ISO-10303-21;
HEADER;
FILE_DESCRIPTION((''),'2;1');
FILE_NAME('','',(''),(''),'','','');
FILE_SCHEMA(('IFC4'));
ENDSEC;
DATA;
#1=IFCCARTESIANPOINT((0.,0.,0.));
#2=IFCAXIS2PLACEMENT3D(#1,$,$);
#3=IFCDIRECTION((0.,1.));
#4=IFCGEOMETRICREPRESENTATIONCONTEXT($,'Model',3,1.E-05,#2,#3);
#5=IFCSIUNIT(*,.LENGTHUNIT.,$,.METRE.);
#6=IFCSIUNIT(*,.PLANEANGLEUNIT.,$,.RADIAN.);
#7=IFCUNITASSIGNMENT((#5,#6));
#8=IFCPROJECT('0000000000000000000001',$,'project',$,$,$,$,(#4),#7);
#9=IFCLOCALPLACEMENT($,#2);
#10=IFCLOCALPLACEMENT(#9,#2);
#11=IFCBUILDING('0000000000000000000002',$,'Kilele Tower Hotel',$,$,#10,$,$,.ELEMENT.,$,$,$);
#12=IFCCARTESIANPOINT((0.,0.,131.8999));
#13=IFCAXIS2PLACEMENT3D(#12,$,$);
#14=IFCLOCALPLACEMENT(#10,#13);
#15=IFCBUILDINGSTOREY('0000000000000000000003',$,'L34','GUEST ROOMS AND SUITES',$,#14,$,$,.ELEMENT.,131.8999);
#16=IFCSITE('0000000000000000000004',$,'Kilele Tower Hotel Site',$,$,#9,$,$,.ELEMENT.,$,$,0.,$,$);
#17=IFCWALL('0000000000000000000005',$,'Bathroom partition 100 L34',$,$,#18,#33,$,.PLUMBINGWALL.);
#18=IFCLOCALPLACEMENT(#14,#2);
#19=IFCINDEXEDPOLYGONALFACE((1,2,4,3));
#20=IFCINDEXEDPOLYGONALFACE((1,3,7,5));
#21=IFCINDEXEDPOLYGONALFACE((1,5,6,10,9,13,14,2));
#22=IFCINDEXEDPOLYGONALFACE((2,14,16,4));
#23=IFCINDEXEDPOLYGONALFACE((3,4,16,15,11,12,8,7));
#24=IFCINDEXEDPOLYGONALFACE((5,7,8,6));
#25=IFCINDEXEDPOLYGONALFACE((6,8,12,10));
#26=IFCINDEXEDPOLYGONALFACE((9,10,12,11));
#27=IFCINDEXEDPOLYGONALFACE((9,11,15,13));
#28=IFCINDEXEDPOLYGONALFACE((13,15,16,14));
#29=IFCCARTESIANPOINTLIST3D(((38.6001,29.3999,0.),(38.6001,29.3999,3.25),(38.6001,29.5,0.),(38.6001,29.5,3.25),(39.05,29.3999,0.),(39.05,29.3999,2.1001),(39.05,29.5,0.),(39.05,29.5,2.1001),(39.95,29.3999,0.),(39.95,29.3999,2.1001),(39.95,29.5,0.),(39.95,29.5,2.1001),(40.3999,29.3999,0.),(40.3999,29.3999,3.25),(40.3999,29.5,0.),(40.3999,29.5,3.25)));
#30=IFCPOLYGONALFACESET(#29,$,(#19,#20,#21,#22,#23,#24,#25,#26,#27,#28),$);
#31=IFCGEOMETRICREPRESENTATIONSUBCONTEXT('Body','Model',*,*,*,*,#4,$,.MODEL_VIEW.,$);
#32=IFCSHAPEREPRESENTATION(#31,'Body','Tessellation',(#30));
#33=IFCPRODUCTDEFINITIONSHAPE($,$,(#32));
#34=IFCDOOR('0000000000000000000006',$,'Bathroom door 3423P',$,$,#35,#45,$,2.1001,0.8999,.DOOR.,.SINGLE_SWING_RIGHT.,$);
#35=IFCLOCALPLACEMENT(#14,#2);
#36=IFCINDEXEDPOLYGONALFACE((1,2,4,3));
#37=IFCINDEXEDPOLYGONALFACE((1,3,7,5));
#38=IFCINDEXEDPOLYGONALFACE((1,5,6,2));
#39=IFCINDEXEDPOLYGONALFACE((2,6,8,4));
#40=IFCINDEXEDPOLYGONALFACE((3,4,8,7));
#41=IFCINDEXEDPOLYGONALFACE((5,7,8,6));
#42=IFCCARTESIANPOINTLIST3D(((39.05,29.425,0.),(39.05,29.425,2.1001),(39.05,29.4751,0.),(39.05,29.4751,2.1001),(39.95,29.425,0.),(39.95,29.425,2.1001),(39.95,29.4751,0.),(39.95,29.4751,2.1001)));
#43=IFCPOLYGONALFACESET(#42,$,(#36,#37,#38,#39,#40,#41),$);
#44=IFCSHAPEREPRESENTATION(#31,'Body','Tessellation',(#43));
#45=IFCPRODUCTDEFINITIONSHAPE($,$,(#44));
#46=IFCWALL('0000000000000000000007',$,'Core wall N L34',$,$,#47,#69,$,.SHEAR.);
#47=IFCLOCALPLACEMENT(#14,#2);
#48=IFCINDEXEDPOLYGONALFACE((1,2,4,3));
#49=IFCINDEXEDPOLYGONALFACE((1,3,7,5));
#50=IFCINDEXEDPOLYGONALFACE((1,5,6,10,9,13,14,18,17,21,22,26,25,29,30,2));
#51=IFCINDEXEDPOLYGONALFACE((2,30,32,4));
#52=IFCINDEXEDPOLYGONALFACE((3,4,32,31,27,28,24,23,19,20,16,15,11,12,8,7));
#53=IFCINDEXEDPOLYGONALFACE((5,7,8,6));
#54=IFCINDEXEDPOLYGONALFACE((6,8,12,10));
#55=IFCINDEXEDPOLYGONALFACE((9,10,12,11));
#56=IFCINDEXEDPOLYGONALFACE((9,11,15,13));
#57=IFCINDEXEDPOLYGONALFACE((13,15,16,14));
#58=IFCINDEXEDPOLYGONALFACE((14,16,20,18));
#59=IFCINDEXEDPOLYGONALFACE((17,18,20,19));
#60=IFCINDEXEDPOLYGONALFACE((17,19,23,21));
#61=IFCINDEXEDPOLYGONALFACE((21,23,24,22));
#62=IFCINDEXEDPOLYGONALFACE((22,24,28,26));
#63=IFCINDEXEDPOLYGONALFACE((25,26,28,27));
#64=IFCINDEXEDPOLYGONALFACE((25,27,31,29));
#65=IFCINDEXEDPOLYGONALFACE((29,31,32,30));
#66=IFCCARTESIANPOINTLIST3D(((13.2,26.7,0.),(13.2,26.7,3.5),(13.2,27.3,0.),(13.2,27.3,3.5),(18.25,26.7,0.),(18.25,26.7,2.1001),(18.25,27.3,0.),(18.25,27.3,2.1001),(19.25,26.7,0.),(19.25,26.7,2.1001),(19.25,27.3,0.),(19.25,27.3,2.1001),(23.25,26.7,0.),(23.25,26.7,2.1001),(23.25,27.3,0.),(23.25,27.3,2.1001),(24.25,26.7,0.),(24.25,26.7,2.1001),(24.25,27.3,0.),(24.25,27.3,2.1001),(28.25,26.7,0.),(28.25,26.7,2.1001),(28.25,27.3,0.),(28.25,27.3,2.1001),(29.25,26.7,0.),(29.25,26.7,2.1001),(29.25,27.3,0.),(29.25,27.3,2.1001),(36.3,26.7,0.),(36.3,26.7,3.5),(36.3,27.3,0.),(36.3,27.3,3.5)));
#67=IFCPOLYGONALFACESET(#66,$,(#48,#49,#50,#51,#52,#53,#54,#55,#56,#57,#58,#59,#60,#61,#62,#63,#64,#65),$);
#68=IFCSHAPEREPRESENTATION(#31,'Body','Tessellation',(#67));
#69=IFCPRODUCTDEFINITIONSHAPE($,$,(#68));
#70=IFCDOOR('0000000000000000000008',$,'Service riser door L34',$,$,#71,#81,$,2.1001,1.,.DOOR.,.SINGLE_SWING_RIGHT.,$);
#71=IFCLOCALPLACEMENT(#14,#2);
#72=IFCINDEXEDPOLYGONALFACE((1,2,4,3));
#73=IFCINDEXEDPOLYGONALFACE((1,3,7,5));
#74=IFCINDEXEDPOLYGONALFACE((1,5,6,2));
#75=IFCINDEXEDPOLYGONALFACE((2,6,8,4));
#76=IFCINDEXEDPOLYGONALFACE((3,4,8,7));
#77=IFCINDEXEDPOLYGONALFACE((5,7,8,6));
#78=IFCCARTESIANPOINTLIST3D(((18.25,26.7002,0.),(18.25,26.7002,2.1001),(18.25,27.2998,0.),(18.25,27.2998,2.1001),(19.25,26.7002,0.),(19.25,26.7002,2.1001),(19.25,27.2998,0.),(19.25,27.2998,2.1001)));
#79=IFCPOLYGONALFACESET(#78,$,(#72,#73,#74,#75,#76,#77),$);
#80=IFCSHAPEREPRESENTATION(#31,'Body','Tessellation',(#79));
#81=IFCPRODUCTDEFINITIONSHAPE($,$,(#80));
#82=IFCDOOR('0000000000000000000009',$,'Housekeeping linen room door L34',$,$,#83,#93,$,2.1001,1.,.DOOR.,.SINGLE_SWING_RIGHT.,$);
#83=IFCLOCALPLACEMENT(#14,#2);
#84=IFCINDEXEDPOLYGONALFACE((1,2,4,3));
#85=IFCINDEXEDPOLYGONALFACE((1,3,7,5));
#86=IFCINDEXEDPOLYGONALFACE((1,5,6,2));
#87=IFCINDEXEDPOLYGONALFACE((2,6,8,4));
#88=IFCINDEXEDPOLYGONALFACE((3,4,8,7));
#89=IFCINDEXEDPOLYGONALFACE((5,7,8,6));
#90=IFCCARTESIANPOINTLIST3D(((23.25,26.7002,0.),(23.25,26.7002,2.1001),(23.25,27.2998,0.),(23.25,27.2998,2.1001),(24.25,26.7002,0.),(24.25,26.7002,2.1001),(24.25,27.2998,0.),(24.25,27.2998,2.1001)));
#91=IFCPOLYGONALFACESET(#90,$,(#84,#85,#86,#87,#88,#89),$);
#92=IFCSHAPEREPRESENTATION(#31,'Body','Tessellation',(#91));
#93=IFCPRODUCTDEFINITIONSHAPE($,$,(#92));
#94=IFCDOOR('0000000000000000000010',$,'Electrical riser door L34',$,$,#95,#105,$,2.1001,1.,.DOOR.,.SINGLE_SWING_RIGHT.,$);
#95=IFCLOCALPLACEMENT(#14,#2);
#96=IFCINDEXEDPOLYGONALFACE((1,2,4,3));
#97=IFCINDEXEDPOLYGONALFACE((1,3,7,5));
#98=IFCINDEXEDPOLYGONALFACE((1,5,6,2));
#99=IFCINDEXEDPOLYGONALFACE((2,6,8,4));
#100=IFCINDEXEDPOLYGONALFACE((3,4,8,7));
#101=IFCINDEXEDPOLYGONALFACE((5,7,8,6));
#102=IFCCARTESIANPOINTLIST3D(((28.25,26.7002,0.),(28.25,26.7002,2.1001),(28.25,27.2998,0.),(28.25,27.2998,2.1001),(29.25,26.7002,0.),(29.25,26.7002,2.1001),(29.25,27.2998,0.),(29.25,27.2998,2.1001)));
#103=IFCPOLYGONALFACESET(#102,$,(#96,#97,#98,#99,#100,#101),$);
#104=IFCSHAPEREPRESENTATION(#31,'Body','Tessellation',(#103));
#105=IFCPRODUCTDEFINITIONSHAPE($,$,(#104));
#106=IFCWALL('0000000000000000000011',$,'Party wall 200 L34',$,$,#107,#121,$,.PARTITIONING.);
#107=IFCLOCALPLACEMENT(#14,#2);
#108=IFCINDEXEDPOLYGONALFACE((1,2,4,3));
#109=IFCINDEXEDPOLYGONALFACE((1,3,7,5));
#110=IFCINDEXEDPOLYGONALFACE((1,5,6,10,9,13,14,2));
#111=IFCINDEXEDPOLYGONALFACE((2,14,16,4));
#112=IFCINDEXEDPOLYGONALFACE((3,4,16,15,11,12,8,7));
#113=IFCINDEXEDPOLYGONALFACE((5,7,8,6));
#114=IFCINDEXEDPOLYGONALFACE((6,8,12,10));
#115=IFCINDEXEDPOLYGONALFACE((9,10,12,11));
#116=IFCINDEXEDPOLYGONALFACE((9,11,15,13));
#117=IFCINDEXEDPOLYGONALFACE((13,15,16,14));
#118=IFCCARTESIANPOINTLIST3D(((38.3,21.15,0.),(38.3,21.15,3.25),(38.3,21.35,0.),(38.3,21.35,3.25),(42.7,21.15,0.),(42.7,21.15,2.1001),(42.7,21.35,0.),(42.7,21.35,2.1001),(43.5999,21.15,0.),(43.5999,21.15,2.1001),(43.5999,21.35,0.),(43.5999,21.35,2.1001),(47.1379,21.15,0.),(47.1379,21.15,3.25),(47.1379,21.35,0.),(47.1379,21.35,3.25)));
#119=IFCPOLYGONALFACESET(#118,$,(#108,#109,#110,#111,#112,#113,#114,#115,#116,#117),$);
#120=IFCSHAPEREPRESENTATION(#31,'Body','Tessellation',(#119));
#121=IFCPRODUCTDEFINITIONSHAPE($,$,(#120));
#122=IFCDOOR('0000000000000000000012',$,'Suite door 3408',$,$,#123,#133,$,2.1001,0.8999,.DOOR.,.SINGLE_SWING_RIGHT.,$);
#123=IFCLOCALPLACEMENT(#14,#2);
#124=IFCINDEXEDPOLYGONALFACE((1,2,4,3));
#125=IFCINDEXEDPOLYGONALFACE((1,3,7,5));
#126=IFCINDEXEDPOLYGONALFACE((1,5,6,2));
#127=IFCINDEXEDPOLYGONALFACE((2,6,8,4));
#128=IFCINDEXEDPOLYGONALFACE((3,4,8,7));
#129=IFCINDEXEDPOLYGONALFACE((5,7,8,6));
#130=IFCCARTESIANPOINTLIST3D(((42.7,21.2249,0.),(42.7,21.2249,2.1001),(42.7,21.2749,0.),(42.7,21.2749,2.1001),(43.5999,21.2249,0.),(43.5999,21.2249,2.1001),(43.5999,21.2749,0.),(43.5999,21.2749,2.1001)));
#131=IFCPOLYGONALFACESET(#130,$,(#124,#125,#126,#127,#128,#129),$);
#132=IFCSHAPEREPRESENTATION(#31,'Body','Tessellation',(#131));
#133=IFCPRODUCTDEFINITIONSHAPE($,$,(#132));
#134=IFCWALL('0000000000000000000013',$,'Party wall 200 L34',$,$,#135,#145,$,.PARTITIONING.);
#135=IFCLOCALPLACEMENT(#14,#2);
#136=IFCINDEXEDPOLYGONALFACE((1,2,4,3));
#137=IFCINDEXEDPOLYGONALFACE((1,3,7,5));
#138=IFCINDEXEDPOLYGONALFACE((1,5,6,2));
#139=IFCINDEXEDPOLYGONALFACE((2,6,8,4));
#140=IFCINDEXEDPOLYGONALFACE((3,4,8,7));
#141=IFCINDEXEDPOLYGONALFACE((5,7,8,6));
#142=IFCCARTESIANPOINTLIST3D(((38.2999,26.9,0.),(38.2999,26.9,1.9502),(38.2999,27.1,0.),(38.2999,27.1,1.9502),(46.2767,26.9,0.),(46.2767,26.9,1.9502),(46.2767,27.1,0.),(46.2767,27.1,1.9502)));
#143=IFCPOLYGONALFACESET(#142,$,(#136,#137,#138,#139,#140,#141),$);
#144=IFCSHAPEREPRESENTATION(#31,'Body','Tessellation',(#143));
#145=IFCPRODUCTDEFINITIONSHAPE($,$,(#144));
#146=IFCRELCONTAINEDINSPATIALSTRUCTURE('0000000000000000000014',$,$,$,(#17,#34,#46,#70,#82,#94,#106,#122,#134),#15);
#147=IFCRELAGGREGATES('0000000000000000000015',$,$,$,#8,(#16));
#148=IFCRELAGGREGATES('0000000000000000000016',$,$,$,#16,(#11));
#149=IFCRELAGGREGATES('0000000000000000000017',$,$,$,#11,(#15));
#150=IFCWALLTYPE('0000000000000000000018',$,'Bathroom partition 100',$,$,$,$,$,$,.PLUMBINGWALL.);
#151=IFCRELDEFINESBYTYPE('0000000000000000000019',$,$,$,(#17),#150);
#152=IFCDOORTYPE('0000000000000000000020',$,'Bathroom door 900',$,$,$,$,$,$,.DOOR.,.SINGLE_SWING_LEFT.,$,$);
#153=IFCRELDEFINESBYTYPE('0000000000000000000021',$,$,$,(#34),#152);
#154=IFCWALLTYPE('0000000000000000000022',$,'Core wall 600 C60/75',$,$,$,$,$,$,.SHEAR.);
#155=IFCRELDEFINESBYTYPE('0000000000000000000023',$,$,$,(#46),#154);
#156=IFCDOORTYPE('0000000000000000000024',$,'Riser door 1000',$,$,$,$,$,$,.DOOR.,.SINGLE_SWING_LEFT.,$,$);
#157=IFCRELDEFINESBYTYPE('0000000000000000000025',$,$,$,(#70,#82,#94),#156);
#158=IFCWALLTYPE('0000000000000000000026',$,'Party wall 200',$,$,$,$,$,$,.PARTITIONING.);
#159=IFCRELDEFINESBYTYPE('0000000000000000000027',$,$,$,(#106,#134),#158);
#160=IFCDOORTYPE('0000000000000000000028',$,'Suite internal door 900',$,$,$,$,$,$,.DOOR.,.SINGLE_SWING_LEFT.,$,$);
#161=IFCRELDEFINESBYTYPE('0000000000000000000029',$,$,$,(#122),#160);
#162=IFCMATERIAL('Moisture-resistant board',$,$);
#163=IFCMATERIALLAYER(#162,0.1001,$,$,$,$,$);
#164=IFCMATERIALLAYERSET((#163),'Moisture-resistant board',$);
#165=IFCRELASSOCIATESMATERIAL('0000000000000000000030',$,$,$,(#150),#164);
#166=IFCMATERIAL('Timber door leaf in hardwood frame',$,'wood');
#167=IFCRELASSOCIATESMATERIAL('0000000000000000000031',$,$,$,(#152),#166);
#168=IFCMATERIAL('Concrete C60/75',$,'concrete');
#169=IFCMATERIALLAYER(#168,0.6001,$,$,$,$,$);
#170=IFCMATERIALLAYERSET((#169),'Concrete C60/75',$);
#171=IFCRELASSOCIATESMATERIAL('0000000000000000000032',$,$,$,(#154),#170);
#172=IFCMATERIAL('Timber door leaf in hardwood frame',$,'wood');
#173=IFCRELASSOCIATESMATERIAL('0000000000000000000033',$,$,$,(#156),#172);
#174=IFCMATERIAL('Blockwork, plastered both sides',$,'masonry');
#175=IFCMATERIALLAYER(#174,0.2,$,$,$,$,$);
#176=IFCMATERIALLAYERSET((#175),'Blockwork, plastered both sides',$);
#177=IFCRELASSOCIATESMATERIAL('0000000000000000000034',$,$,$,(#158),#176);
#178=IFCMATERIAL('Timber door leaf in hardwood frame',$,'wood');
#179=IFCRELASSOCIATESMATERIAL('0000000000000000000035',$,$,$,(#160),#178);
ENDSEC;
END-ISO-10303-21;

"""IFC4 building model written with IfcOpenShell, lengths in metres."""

from ifc_helpers import new_model, si_unit, direction, frame, frame_2d, origin, place, context, subcontext, project, spatial, rectangle, extrude, material, layer, layer_set, type_object, element, fill, save


model = new_model("IFC4")

# Units and contexts
model_context = context("Model", 3, precision=1e-05, world=origin(), true_north=direction((0.0, 1.0)))
body_context = subcontext(model_context, "Body", "Model", "MODEL_VIEW")
ifc_project = project(units=[si_unit("LENGTHUNIT", "METRE"), si_unit("PLANEANGLEUNIT", "RADIAN")], contexts=[model_context])

# Site, building, storey
site_placement = place(None, origin())
site = spatial("IfcSite", under=ifc_project, at=site_placement, Name="Kilele Tower Hotel Site", CompositionType="ELEMENT", RefElevation=0.0)
building_placement = place(site_placement, origin())
building = spatial("IfcBuilding", under=site, at=building_placement, Name="Kilele Tower Hotel", CompositionType="ELEMENT")
storey_placement = place(building_placement, frame((0.0, 0.0, 131.8999)))
storey = spatial("IfcBuildingStorey", under=building, at=storey_placement, Name="L34", Description="GUEST ROOMS AND SUITES", CompositionType="ELEMENT", Elevation=131.8999)

# Shared definitions
ifc_material_1 = material(Name="Moisture-resistant board")
ifc_layer_1 = layer(ifc_material_1, 0.1001)
ifc_layer_set_1 = layer_set([ifc_layer_1], Name="Moisture-resistant board")
wall_type_1 = type_object("IfcWallType", Name="Bathroom partition 100", PredefinedType="PLUMBINGWALL", material=ifc_layer_set_1)

# Shared definitions
ifc_material_2 = material(Name="Timber door leaf in hardwood frame", Category="wood")
door_type_1 = type_object("IfcDoorType", Name="Bathroom door 900", OperationType="SINGLE_SWING_LEFT", PredefinedType="DOOR", material=ifc_material_2)

# Wall, opening, door
wall_1_placement = place(storey_placement, frame((38.6001, 29.45, 0.0), z_axis=(0.0, 0.0, 1.0), x_axis=(1.0, 0.0, 0.0)))
wall_1 = element("IfcWall", 1, at=wall_1_placement, inside=storey, type_object=wall_type_1, Name="Bathroom partition 100 L34", PredefinedType="PLUMBINGWALL", context=body_context, shape_type="SweptSolid", body=[
    extrude(rectangle(XDim=1.7998, YDim=0.1001, at=frame_2d((0.8999, 0.0))), origin(), (0.0, 0.0, 1.0), 3.25),
])
opening_1_placement = place(wall_1_placement, frame((1.3499, 0.0, 0.0), z_axis=(0.0, 0.0, 1.0), x_axis=(-1.0, 0.0, 0.0)))
opening_1 = element("IfcOpeningElement", 2, at=opening_1_placement, cuts=wall_1, PredefinedType="OPENING", context=body_context, shape_type="SweptSolid", body=[
    extrude(rectangle(XDim=0.8999, YDim=2.1001, at=frame_2d((0.45, 1.05))), frame((0.0, 0.0601, 0.0), z_axis=(0.0, -1.0, 0.0), x_axis=(1.0, 0.0, 0.0)), (0.0, 0.0, 1.0), 0.1201),
])
door_1_placement = place(opening_1_placement, origin())
door_1 = element("IfcDoor", 3, at=door_1_placement, inside=storey, type_object=door_type_1, Name="Bathroom door 3423P", OperationType="SINGLE_SWING_RIGHT", OverallHeight=2.1001, OverallWidth=0.8999, PredefinedType="DOOR", context=body_context, shape_type="SweptSolid", body=[
    extrude(rectangle(XDim=0.8999, YDim=2.1001, at=frame_2d((0.45, 1.05))), frame((0.0, 0.0249, 0.0), z_axis=(0.0, -1.0, 0.0), x_axis=(1.0, 0.0, 0.0)), (0.0, 0.0, 1.0), 0.05),
])
fill(opening_1, door_1)

# Wall, openings, doors
ifc_material_3 = material(Name="Concrete C60/75", Category="concrete")
ifc_layer_2 = layer(ifc_material_3, 0.6001)
ifc_layer_set_2 = layer_set([ifc_layer_2], Name="Concrete C60/75")
wall_type_2 = type_object("IfcWallType", Name="Core wall 600 C60/75", PredefinedType="SHEAR", material=ifc_layer_set_2)
wall_2_placement = place(storey_placement, frame((36.3, 27.0, 0.0), z_axis=(0.0, 0.0, 1.0), x_axis=(-1.0, 0.0, 0.0)))
wall_2 = element("IfcWall", 4, at=wall_2_placement, inside=storey, type_object=wall_type_2, Name="Core wall N L34", PredefinedType="SHEAR", context=body_context, shape_type="SweptSolid", body=[
    extrude(rectangle(XDim=23.1001, YDim=0.6001, at=frame_2d((11.55, 0.0))), origin(), (0.0, 0.0, 1.0), 3.5),
])
opening_2_placement = place(wall_2_placement, frame((17.05, 0.0, 0.0)))
opening_2 = element("IfcOpeningElement", 5, at=opening_2_placement, cuts=wall_2, PredefinedType="OPENING", context=body_context, shape_type="SweptSolid", body=[
    extrude(rectangle(XDim=1.0, YDim=2.1001, at=frame_2d((0.5, 1.05))), frame((0.0, 0.3101, 0.0), z_axis=(0.0, -1.0, 0.0), x_axis=(1.0, 0.0, 0.0)), (0.0, 0.0, 1.0), 0.6201),
])
opening_3_placement = place(wall_2_placement, frame((12.05, 0.0, 0.0)))
opening_3 = element("IfcOpeningElement", 6, at=opening_3_placement, cuts=wall_2, PredefinedType="OPENING", context=body_context, shape_type="SweptSolid", body=[
    extrude(rectangle(XDim=1.0, YDim=2.1001, at=frame_2d((0.5, 1.05))), frame((0.0, 0.3101, 0.0), z_axis=(0.0, -1.0, 0.0), x_axis=(1.0, 0.0, 0.0)), (0.0, 0.0, 1.0), 0.6201),
])
opening_4_placement = place(wall_2_placement, frame((7.05, 0.0, 0.0)))
opening_4 = element("IfcOpeningElement", 7, at=opening_4_placement, cuts=wall_2, PredefinedType="OPENING", context=body_context, shape_type="SweptSolid", body=[
    extrude(rectangle(XDim=1.0, YDim=2.1001, at=frame_2d((0.5, 1.05))), frame((0.0, 0.3101, 0.0), z_axis=(0.0, -1.0, 0.0), x_axis=(1.0, 0.0, 0.0)), (0.0, 0.0, 1.0), 0.6201),
])
ifc_material_4 = material(Name="Timber door leaf in hardwood frame", Category="wood")
door_type_2 = type_object("IfcDoorType", Name="Riser door 1000", OperationType="SINGLE_SWING_LEFT", PredefinedType="DOOR", material=ifc_material_4)
door_2_placement = place(opening_2_placement, origin())
door_2 = element("IfcDoor", 8, at=door_2_placement, inside=storey, type_object=door_type_2, Name="Service riser door L34", OperationType="SINGLE_SWING_RIGHT", OverallHeight=2.1001, OverallWidth=1.0, PredefinedType="DOOR", context=body_context, shape_type="SweptSolid", body=[
    extrude(rectangle(XDim=1.0, YDim=2.1001, at=frame_2d((0.5, 1.05))), frame((0.0, 0.2998, 0.0), z_axis=(0.0, -1.0, 0.0), x_axis=(1.0, 0.0, 0.0)), (0.0, 0.0, 1.0), 0.5996),
])
fill(opening_2, door_2)
door_3_placement = place(opening_3_placement, origin())
door_3 = element("IfcDoor", 9, at=door_3_placement, inside=storey, type_object=door_type_2, Name="Housekeeping linen room door L34", OperationType="SINGLE_SWING_RIGHT", OverallHeight=2.1001, OverallWidth=1.0, PredefinedType="DOOR", context=body_context, shape_type="SweptSolid", body=[
    extrude(rectangle(XDim=1.0, YDim=2.1001, at=frame_2d((0.5, 1.05))), frame((0.0, 0.2998, 0.0), z_axis=(0.0, -1.0, 0.0), x_axis=(1.0, 0.0, 0.0)), (0.0, 0.0, 1.0), 0.5996),
])
fill(opening_3, door_3)
door_4_placement = place(opening_4_placement, origin())
door_4 = element("IfcDoor", 10, at=door_4_placement, inside=storey, type_object=door_type_2, Name="Electrical riser door L34", OperationType="SINGLE_SWING_RIGHT", OverallHeight=2.1001, OverallWidth=1.0, PredefinedType="DOOR", context=body_context, shape_type="SweptSolid", body=[
    extrude(rectangle(XDim=1.0, YDim=2.1001, at=frame_2d((0.5, 1.05))), frame((0.0, 0.2998, 0.0), z_axis=(0.0, -1.0, 0.0), x_axis=(1.0, 0.0, 0.0)), (0.0, 0.0, 1.0), 0.5996),
])
fill(opening_4, door_4)

# Wall, opening, door
ifc_material_5 = material(Name="Blockwork, plastered both sides", Category="masonry")
ifc_layer_3 = layer(ifc_material_5, 0.2)
ifc_layer_set_3 = layer_set([ifc_layer_3], Name="Blockwork, plastered both sides")
wall_type_3 = type_object("IfcWallType", Name="Party wall 200", PredefinedType="PARTITIONING", material=ifc_layer_set_3)
wall_3_placement = place(storey_placement, frame((38.3, 21.25, 0.0), z_axis=(0.0, 0.0, 1.0), x_axis=(1.0, 0.0, 0.0)))
wall_3 = element("IfcWall", 11, at=wall_3_placement, inside=storey, type_object=wall_type_3, Name="Party wall 200 L34", PredefinedType="PARTITIONING", context=body_context, shape_type="SweptSolid", body=[
    extrude(rectangle(XDim=8.8379, YDim=0.2, at=frame_2d((4.4189, 0.0))), origin(), (0.0, 0.0, 1.0), 3.25),
])
opening_5_placement = place(wall_3_placement, frame((4.3999, 0.0, 0.0)))
opening_5 = element("IfcOpeningElement", 12, at=opening_5_placement, cuts=wall_3, PredefinedType="OPENING", context=body_context, shape_type="SweptSolid", body=[
    extrude(rectangle(XDim=0.8999, YDim=2.1001, at=frame_2d((0.45, 1.05))), frame((0.0, 0.1099, 0.0), z_axis=(0.0, -1.0, 0.0), x_axis=(1.0, 0.0, 0.0)), (0.0, 0.0, 1.0), 0.22),
])
ifc_material_6 = material(Name="Timber door leaf in hardwood frame", Category="wood")
door_type_3 = type_object("IfcDoorType", Name="Suite internal door 900", OperationType="SINGLE_SWING_LEFT", PredefinedType="DOOR", material=ifc_material_6)
door_5_placement = place(opening_5_placement, origin())
door_5 = element("IfcDoor", 13, at=door_5_placement, inside=storey, type_object=door_type_3, Name="Suite door 3408", OperationType="SINGLE_SWING_RIGHT", OverallHeight=2.1001, OverallWidth=0.8999, PredefinedType="DOOR", context=body_context, shape_type="SweptSolid", body=[
    extrude(rectangle(XDim=0.8999, YDim=2.1001, at=frame_2d((0.45, 1.05))), frame((0.0, 0.0249, 0.0), z_axis=(0.0, -1.0, 0.0), x_axis=(1.0, 0.0, 0.0)), (0.0, 0.0, 1.0), 0.05),
])
fill(opening_5, door_5)

# Wall
wall_4_placement = place(storey_placement, frame((38.3, 27.0, 0.0), z_axis=(0.0, 0.0, 1.0), x_axis=(1.0, 0.0, 0.0)))
element("IfcWall", 14, at=wall_4_placement, inside=storey, type_object=wall_type_3, Name="Party wall 200 L34", PredefinedType="PARTITIONING", context=body_context, shape_type="SweptSolid", body=[
    extrude(rectangle(XDim=7.9768, YDim=0.2, at=frame_2d((3.9883, 0.0))), origin(), (0.0, 0.0, 1.0), 1.9502),
])

save(model, "model.ifc")
